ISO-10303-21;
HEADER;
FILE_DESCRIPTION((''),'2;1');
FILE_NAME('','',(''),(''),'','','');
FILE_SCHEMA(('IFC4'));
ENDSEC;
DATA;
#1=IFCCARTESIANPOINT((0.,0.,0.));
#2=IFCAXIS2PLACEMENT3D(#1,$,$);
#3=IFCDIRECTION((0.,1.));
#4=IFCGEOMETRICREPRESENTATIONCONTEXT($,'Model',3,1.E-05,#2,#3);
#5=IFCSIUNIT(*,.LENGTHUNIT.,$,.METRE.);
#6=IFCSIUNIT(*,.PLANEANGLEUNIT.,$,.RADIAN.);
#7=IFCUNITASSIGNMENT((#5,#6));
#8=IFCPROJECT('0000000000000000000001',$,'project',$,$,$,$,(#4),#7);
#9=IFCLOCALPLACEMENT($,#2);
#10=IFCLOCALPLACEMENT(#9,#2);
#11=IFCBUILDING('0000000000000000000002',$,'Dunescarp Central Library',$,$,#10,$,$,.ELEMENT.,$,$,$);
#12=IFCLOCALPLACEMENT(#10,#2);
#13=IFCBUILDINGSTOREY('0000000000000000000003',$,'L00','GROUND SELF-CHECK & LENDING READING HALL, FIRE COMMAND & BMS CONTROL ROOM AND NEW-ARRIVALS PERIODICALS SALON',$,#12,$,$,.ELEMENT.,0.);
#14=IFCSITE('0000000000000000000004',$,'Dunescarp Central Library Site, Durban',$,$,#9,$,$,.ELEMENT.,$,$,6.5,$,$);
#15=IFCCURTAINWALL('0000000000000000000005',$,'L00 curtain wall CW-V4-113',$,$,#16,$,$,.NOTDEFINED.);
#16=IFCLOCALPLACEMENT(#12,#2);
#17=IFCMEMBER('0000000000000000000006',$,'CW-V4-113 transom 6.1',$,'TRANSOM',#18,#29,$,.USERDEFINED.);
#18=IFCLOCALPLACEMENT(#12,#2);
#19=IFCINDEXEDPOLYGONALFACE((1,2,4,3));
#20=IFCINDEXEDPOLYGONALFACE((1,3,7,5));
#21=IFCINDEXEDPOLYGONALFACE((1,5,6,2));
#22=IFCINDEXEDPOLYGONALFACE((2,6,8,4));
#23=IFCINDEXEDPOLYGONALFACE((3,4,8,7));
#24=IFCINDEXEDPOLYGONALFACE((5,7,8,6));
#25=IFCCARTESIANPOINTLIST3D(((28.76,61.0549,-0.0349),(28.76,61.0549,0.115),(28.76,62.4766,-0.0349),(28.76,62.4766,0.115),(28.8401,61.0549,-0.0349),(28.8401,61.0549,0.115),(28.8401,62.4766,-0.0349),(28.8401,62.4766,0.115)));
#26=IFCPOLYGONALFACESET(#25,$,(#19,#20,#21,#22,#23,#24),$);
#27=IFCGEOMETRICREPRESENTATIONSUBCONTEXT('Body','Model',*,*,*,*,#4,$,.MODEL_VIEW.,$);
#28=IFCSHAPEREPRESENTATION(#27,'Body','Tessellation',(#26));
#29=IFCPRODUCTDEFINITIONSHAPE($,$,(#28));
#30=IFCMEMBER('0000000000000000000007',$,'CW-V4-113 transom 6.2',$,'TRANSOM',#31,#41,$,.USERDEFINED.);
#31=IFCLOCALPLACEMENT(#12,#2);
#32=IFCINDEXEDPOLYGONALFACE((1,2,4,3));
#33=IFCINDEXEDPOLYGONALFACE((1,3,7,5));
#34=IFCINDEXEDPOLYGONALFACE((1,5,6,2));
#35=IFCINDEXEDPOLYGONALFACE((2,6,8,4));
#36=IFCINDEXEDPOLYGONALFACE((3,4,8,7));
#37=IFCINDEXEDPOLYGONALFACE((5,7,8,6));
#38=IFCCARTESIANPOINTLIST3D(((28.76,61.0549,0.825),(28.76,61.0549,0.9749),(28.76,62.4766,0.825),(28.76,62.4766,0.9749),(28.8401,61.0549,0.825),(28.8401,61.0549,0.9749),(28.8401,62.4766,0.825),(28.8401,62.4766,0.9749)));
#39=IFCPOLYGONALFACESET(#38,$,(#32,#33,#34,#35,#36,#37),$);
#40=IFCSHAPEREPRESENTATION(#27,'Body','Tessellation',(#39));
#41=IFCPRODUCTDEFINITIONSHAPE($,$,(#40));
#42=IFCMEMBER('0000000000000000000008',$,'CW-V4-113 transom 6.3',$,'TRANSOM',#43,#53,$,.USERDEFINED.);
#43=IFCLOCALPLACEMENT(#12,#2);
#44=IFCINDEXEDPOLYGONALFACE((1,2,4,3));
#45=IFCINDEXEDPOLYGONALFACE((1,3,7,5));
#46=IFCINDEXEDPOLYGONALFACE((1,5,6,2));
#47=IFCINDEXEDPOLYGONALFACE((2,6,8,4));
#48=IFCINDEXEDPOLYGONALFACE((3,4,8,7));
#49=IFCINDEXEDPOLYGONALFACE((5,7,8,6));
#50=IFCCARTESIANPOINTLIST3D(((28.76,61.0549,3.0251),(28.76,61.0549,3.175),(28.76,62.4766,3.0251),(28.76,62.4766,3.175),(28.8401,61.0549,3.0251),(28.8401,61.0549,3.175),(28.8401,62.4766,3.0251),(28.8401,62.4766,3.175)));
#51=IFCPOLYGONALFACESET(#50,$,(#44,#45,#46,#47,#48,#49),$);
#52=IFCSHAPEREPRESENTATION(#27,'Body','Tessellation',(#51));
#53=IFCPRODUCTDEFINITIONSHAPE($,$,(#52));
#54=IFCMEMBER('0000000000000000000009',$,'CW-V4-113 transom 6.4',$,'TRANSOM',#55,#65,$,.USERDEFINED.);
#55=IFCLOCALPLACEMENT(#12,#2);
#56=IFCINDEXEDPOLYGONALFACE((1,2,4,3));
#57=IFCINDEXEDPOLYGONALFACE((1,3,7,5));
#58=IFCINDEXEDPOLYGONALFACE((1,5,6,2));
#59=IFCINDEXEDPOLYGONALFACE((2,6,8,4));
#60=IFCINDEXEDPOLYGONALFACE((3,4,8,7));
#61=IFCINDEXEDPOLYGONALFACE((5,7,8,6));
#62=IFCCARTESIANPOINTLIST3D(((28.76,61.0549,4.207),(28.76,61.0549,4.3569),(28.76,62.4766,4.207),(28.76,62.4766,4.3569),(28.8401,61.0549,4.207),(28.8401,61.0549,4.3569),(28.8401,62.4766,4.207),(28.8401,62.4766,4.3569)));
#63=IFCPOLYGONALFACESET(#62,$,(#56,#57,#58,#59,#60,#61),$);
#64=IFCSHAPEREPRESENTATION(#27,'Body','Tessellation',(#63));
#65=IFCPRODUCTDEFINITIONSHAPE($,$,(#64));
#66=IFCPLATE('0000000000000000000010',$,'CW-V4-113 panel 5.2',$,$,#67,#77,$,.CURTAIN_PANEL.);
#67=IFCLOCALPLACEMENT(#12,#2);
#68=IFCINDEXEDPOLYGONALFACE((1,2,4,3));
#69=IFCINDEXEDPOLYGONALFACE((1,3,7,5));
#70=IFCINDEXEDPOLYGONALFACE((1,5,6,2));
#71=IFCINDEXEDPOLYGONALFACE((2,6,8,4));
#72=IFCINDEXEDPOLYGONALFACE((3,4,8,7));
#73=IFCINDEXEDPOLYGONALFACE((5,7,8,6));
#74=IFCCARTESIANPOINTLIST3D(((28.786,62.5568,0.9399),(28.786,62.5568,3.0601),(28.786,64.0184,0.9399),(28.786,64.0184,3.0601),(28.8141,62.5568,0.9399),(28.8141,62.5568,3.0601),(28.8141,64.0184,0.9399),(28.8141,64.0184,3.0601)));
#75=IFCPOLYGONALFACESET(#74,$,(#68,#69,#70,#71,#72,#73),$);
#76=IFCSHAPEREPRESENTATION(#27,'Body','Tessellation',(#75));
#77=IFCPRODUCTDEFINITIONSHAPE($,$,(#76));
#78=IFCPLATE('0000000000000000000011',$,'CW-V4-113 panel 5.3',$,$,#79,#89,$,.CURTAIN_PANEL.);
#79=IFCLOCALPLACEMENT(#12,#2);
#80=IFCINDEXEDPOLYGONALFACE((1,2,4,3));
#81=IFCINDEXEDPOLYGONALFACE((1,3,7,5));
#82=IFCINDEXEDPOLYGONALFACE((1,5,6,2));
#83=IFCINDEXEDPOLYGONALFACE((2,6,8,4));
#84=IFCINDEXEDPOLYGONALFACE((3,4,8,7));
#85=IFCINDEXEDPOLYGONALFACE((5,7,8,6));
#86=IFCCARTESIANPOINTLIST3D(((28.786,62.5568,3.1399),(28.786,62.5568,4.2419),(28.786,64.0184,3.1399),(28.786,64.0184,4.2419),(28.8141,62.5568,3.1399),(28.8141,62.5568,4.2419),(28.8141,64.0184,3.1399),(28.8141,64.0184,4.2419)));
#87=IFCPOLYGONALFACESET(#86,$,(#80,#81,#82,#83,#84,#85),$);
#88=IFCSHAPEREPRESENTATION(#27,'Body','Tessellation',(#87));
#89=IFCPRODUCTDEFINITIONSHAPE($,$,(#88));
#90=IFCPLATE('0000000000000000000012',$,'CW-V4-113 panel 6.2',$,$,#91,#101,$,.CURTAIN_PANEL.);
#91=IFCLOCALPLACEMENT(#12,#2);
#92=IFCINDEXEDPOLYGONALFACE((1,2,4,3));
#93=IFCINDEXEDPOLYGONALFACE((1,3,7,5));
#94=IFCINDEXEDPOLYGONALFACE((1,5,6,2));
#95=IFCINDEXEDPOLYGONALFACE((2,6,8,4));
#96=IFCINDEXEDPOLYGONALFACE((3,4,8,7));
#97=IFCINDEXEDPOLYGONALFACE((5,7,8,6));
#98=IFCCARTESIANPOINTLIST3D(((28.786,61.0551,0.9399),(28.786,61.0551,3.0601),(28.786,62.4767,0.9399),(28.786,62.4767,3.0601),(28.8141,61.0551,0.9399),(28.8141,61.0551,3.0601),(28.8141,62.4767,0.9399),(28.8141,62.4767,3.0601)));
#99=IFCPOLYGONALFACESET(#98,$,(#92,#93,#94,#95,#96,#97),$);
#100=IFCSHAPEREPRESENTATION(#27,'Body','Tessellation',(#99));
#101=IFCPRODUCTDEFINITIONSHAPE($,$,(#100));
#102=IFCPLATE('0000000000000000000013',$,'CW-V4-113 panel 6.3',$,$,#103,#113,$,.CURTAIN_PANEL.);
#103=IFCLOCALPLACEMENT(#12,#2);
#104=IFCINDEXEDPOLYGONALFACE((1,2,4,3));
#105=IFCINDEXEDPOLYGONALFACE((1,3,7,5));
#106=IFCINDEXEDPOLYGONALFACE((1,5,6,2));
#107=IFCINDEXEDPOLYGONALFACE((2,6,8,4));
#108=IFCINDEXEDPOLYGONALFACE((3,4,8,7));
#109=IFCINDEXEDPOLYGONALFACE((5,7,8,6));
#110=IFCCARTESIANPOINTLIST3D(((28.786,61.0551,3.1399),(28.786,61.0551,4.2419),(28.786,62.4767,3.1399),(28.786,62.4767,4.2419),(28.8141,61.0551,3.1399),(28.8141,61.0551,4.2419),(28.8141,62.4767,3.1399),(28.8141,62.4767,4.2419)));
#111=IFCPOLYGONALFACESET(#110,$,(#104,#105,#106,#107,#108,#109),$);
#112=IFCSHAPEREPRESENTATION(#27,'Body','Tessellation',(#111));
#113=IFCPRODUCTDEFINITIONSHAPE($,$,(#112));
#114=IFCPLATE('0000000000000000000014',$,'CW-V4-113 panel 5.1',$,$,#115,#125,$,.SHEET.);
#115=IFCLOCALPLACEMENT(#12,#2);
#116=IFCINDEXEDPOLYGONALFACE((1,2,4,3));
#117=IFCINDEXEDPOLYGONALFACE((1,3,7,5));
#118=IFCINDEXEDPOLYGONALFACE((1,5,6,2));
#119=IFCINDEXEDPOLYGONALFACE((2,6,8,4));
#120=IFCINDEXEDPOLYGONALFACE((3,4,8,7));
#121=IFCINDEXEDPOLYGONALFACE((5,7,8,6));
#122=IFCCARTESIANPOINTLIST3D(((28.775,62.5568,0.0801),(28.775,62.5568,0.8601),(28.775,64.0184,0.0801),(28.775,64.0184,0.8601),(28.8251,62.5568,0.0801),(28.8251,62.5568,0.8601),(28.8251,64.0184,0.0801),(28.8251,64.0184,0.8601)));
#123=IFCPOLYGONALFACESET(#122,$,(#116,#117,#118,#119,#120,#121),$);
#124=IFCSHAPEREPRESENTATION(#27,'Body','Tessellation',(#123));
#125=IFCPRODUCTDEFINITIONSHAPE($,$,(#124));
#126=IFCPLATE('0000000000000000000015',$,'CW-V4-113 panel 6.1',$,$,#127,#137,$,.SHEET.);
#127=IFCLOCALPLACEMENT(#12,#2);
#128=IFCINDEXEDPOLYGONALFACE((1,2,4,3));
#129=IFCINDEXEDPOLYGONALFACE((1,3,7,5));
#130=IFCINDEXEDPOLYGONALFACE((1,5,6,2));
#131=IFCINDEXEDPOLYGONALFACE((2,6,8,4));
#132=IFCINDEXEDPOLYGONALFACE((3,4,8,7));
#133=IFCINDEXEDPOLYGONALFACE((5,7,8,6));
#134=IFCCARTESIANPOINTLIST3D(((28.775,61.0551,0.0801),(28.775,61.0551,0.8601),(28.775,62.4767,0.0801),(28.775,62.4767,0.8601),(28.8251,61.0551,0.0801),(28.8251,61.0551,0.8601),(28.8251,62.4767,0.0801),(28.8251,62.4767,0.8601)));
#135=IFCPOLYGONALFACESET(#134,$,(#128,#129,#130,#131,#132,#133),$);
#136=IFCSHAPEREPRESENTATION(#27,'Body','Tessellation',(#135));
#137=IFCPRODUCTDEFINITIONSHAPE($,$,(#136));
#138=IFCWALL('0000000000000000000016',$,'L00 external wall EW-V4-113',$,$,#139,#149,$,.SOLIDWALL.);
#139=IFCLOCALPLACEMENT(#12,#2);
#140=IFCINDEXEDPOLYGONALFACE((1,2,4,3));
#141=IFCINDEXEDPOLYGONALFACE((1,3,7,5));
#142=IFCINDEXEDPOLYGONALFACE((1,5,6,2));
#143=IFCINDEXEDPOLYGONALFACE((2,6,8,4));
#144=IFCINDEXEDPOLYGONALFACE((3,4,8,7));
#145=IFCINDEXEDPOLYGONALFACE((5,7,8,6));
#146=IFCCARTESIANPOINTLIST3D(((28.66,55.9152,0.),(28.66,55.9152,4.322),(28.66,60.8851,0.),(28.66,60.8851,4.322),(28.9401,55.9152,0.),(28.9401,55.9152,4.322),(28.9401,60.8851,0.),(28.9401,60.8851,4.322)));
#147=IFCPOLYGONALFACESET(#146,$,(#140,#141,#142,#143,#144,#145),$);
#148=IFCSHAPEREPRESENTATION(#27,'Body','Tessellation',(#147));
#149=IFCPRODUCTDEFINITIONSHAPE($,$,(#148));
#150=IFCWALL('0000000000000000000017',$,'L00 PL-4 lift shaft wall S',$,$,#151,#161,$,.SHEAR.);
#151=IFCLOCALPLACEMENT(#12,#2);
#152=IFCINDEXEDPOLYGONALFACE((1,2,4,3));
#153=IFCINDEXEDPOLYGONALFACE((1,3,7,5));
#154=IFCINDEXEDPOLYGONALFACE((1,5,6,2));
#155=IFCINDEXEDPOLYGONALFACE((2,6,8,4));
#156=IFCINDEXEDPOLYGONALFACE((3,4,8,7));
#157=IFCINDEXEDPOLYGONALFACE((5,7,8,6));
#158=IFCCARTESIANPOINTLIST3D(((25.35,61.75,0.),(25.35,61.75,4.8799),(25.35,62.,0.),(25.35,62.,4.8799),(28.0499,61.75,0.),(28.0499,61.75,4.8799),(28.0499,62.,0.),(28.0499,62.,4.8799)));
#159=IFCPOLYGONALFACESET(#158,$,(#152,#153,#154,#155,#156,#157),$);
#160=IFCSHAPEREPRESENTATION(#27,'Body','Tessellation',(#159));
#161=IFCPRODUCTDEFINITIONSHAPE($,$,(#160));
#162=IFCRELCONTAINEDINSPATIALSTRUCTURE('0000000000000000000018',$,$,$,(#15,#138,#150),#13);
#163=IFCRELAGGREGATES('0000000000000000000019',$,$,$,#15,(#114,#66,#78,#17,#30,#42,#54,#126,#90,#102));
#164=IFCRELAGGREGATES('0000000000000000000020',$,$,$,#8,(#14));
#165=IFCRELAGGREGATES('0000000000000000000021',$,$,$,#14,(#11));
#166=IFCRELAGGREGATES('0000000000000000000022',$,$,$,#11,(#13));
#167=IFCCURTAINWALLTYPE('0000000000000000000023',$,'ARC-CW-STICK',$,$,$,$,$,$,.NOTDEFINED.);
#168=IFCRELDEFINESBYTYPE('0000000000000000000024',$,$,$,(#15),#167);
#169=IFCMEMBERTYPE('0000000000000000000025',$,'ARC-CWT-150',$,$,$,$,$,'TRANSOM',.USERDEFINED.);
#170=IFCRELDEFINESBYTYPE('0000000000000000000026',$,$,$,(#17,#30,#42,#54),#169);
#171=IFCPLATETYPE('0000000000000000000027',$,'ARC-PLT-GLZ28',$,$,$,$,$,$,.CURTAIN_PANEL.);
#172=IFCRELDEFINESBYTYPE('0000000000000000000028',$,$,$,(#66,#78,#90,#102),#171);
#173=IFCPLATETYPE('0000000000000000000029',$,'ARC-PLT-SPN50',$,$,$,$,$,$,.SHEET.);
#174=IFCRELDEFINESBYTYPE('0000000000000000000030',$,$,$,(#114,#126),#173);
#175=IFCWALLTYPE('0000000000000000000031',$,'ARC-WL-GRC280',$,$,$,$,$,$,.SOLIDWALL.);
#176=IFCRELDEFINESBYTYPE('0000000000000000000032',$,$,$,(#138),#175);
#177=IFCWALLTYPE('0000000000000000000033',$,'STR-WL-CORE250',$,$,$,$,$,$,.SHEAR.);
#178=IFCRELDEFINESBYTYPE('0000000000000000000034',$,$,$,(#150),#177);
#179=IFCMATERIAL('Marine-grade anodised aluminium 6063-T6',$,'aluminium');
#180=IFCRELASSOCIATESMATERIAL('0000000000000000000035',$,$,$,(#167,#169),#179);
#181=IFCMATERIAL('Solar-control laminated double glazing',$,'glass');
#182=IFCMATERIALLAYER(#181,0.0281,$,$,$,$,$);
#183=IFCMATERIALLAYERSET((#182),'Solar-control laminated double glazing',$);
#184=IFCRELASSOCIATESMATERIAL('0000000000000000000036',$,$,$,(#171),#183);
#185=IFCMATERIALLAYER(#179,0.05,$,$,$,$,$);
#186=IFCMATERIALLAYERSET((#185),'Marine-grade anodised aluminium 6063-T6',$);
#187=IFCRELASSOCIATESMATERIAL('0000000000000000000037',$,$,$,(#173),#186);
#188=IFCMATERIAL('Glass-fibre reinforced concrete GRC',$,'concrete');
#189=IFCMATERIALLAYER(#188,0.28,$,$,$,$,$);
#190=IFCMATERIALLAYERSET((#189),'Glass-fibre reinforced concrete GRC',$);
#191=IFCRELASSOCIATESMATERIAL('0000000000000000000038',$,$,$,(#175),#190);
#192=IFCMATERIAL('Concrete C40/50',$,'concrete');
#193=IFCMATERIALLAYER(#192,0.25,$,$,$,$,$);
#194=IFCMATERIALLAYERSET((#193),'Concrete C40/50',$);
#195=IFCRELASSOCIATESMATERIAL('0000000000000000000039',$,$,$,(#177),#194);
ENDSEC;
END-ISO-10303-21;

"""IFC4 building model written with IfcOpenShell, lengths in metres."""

from ifc_helpers import new_model, si_unit, direction, frame, frame_2d, origin, origin_2d, place, context, subcontext, project, spatial, rectangle, extrude, material, layer, layer_set, material_profile, profile_set, type_object, element, aggregate, save


model = new_model("IFC4")

# Units and contexts
model_context = context("Model", 3, precision=1e-05, world=origin(), true_north=direction((0.0, 1.0)))
body_context = subcontext(model_context, "Body", "Model", "MODEL_VIEW")
ifc_project = project(units=[si_unit("LENGTHUNIT", "METRE"), si_unit("PLANEANGLEUNIT", "RADIAN")], contexts=[model_context])

# Site, building, storey
site_placement = place(None, origin())
site = spatial("IfcSite", under=ifc_project, at=site_placement, Name="Dunescarp Central Library Site, Durban", CompositionType="ELEMENT", RefElevation=6.5)
building_placement = place(site_placement, origin())
building = spatial("IfcBuilding", under=site, at=building_placement, Name="Dunescarp Central Library", CompositionType="ELEMENT")
storey_placement = place(building_placement, origin())
storey = spatial("IfcBuildingStorey", under=building, at=storey_placement, Name="L00", Description="GROUND SELF-CHECK & LENDING READING HALL, FIRE COMMAND & BMS CONTROL ROOM AND NEW-ARRIVALS PERIODICALS SALON", CompositionType="ELEMENT", Elevation=0.0)

# Shared definitions
ifc_material_1 = material(Name="Concrete C40/50", Category="concrete")

# Curtain wall, members, plates
ifc_material_2 = material(Name="Marine-grade anodised aluminium 6063-T6", Category="aluminium")
curtain_wall_type = type_object("IfcCurtainWallType", Name="ARC-CW-STICK", PredefinedType="NOTDEFINED", material=ifc_material_2)
curtain_wall_placement = place(storey_placement, origin())
curtain_wall = element("IfcCurtainWall", 1, at=curtain_wall_placement, inside=storey, type_object=curtain_wall_type, Name="L00 curtain wall CW-V4-113", PredefinedType="NOTDEFINED")
ifc_material_profile_1 = material_profile(ifc_material_2, rectangle(XDim=0.0801, YDim=0.1499, at=origin_2d()), Name="AL 80x150")
ifc_profile_set_1 = profile_set([ifc_material_profile_1], Name="Marine-grade anodised aluminium 6063-T6")
member_type_1 = type_object("IfcMemberType", Name="ARC-CWT-150", ElementType="TRANSOM", PredefinedType="USERDEFINED", material=ifc_profile_set_1)
member_1_placement = place(storey_placement, frame((28.8, 62.4766, 0.04), z_axis=(0.0, -1.0, 0.0), x_axis=(1.0, 0.0, 0.0)))
member_1 = element("IfcMember", 2, at=member_1_placement, type_object=member_type_1, Name="CW-V4-113 transom 6.1", ObjectType="TRANSOM", PredefinedType="USERDEFINED", context=body_context, shape_type="SweptSolid", body=[
    extrude(rectangle(XDim=0.0801, YDim=0.1499, at=origin_2d()), origin(), (0.0, 0.0, 1.0), 1.4216),
])
member_2_placement = place(storey_placement, frame((28.8, 62.4766, 0.8999), z_axis=(0.0, -1.0, 0.0), x_axis=(1.0, 0.0, 0.0)))
member_2 = element("IfcMember", 3, at=member_2_placement, type_object=member_type_1, Name="CW-V4-113 transom 6.2", ObjectType="TRANSOM", PredefinedType="USERDEFINED", context=body_context, shape_type="SweptSolid", body=[
    extrude(rectangle(XDim=0.0801, YDim=0.1499, at=origin_2d()), origin(), (0.0, 0.0, 1.0), 1.4216),
])
member_3_placement = place(storey_placement, frame((28.8, 62.4766, 3.1001), z_axis=(0.0, -1.0, 0.0), x_axis=(1.0, 0.0, 0.0)))
member_3 = element("IfcMember", 4, at=member_3_placement, type_object=member_type_1, Name="CW-V4-113 transom 6.3", ObjectType="TRANSOM", PredefinedType="USERDEFINED", context=body_context, shape_type="SweptSolid", body=[
    extrude(rectangle(XDim=0.0801, YDim=0.1499, at=origin_2d()), origin(), (0.0, 0.0, 1.0), 1.4216),
])
member_4_placement = place(storey_placement, frame((28.8, 62.4766, 4.282), z_axis=(0.0, -1.0, 0.0), x_axis=(1.0, 0.0, 0.0)))
member_4 = element("IfcMember", 5, at=member_4_placement, type_object=member_type_1, Name="CW-V4-113 transom 6.4", ObjectType="TRANSOM", PredefinedType="USERDEFINED", context=body_context, shape_type="SweptSolid", body=[
    extrude(rectangle(XDim=0.0801, YDim=0.1499, at=origin_2d()), origin(), (0.0, 0.0, 1.0), 1.4216),
])
ifc_material_3 = material(Name="Solar-control laminated double glazing", Category="glass")
ifc_layer_1 = layer(ifc_material_3, 0.0281)
ifc_layer_set_1 = layer_set([ifc_layer_1], Name="Solar-control laminated double glazing")
plate_type_1 = type_object("IfcPlateType", Name="ARC-PLT-GLZ28", PredefinedType="CURTAIN_PANEL", material=ifc_layer_set_1)
plate_1_placement = place(storey_placement, frame((28.8, 63.2876, 0.9399), z_axis=(0.0, 0.0, 1.0), x_axis=(0.0, -1.0, 0.0)))
plate_1 = element("IfcPlate", 6, at=plate_1_placement, type_object=plate_type_1, Name="CW-V4-113 panel 5.2", PredefinedType="CURTAIN_PANEL", context=body_context, shape_type="SweptSolid", body=[
    extrude(rectangle(XDim=1.4617, YDim=0.0281, at=origin_2d()), origin(), (0.0, 0.0, 1.0), 2.1201),
])
plate_2_placement = place(storey_placement, frame((28.8, 63.2876, 3.1399), z_axis=(0.0, 0.0, 1.0), x_axis=(0.0, -1.0, 0.0)))
plate_2 = element("IfcPlate", 7, at=plate_2_placement, type_object=plate_type_1, Name="CW-V4-113 panel 5.3", PredefinedType="CURTAIN_PANEL", context=body_context, shape_type="SweptSolid", body=[
    extrude(rectangle(XDim=1.4617, YDim=0.0281, at=origin_2d()), origin(), (0.0, 0.0, 1.0), 1.1021),
])
plate_3_placement = place(storey_placement, frame((28.8, 61.7659, 0.9399), z_axis=(0.0, 0.0, 1.0), x_axis=(0.0, -1.0, 0.0)))
plate_3 = element("IfcPlate", 8, at=plate_3_placement, type_object=plate_type_1, Name="CW-V4-113 panel 6.2", PredefinedType="CURTAIN_PANEL", context=body_context, shape_type="SweptSolid", body=[
    extrude(rectangle(XDim=1.4216, YDim=0.0281, at=origin_2d()), origin(), (0.0, 0.0, 1.0), 2.1201),
])
plate_4_placement = place(storey_placement, frame((28.8, 61.7659, 3.1399), z_axis=(0.0, 0.0, 1.0), x_axis=(0.0, -1.0, 0.0)))
plate_4 = element("IfcPlate", 9, at=plate_4_placement, type_object=plate_type_1, Name="CW-V4-113 panel 6.3", PredefinedType="CURTAIN_PANEL", context=body_context, shape_type="SweptSolid", body=[
    extrude(rectangle(XDim=1.4216, YDim=0.0281, at=origin_2d()), origin(), (0.0, 0.0, 1.0), 1.1021),
])
ifc_layer_2 = layer(ifc_material_2, 0.05)
ifc_layer_set_2 = layer_set([ifc_layer_2], Name="Marine-grade anodised aluminium 6063-T6")
plate_type_2 = type_object("IfcPlateType", Name="ARC-PLT-SPN50", PredefinedType="SHEET", material=ifc_layer_set_2)
plate_5_placement = place(storey_placement, frame((28.8, 63.2876, 0.0801), z_axis=(0.0, 0.0, 1.0), x_axis=(0.0, -1.0, 0.0)))
plate_5 = element("IfcPlate", 10, at=plate_5_placement, type_object=plate_type_2, Name="CW-V4-113 panel 5.1", PredefinedType="SHEET", context=body_context, shape_type="SweptSolid", body=[
    extrude(rectangle(XDim=1.4617, YDim=0.05, at=origin_2d()), origin(), (0.0, 0.0, 1.0), 0.78),
])
plate_6_placement = place(storey_placement, frame((28.8, 61.7659, 0.0801), z_axis=(0.0, 0.0, 1.0), x_axis=(0.0, -1.0, 0.0)))
plate_6 = element("IfcPlate", 11, at=plate_6_placement, type_object=plate_type_2, Name="CW-V4-113 panel 6.1", PredefinedType="SHEET", context=body_context, shape_type="SweptSolid", body=[
    extrude(rectangle(XDim=1.4216, YDim=0.05, at=origin_2d()), origin(), (0.0, 0.0, 1.0), 0.78),
])
aggregate(curtain_wall, [plate_5, plate_1, plate_2, member_1, member_2, member_3, member_4, plate_6, plate_3, plate_4])

# Walls
ifc_material_4 = material(Name="Glass-fibre reinforced concrete GRC", Category="concrete")
ifc_layer_3 = layer(ifc_material_4, 0.28)
ifc_layer_set_3 = layer_set([ifc_layer_3], Name="Glass-fibre reinforced concrete GRC")
wall_type_1 = type_object("IfcWallType", Name="ARC-WL-GRC280", PredefinedType="SOLIDWALL", material=ifc_layer_set_3)
wall_1_placement = place(storey_placement, frame((28.8, 60.885, 0.0), z_axis=(0.0, 0.0, 1.0), x_axis=(0.0, -1.0, 0.0)))
element("IfcWall", 12, at=wall_1_placement, inside=storey, type_object=wall_type_1, Name="L00 external wall EW-V4-113", PredefinedType="SOLIDWALL", context=body_context, shape_type="SweptSolid", body=[
    extrude(rectangle(XDim=4.97, YDim=0.28, at=frame_2d((2.4849, 0.0))), origin(), (0.0, 0.0, 1.0), 4.322),
])
ifc_layer_4 = layer(ifc_material_1, 0.25)
ifc_layer_set_4 = layer_set([ifc_layer_4], Name="Concrete C40/50")
wall_type_2 = type_object("IfcWallType", Name="STR-WL-CORE250", PredefinedType="SHEAR", material=ifc_layer_set_4)
wall_2_placement = place(storey_placement, frame((28.05, 61.875, 0.0), z_axis=(0.0, 0.0, 1.0), x_axis=(-1.0, 0.0, 0.0)))
element("IfcWall", 13, at=wall_2_placement, inside=storey, type_object=wall_type_2, Name="L00 PL-4 lift shaft wall S", PredefinedType="SHEAR", context=body_context, shape_type="SweptSolid", body=[
    extrude(rectangle(XDim=2.7, YDim=0.25, at=frame_2d((1.3501, 0.0))), origin(), (0.0, 0.0, 1.0), 4.8799),
])

save(model, "model.ifc")
